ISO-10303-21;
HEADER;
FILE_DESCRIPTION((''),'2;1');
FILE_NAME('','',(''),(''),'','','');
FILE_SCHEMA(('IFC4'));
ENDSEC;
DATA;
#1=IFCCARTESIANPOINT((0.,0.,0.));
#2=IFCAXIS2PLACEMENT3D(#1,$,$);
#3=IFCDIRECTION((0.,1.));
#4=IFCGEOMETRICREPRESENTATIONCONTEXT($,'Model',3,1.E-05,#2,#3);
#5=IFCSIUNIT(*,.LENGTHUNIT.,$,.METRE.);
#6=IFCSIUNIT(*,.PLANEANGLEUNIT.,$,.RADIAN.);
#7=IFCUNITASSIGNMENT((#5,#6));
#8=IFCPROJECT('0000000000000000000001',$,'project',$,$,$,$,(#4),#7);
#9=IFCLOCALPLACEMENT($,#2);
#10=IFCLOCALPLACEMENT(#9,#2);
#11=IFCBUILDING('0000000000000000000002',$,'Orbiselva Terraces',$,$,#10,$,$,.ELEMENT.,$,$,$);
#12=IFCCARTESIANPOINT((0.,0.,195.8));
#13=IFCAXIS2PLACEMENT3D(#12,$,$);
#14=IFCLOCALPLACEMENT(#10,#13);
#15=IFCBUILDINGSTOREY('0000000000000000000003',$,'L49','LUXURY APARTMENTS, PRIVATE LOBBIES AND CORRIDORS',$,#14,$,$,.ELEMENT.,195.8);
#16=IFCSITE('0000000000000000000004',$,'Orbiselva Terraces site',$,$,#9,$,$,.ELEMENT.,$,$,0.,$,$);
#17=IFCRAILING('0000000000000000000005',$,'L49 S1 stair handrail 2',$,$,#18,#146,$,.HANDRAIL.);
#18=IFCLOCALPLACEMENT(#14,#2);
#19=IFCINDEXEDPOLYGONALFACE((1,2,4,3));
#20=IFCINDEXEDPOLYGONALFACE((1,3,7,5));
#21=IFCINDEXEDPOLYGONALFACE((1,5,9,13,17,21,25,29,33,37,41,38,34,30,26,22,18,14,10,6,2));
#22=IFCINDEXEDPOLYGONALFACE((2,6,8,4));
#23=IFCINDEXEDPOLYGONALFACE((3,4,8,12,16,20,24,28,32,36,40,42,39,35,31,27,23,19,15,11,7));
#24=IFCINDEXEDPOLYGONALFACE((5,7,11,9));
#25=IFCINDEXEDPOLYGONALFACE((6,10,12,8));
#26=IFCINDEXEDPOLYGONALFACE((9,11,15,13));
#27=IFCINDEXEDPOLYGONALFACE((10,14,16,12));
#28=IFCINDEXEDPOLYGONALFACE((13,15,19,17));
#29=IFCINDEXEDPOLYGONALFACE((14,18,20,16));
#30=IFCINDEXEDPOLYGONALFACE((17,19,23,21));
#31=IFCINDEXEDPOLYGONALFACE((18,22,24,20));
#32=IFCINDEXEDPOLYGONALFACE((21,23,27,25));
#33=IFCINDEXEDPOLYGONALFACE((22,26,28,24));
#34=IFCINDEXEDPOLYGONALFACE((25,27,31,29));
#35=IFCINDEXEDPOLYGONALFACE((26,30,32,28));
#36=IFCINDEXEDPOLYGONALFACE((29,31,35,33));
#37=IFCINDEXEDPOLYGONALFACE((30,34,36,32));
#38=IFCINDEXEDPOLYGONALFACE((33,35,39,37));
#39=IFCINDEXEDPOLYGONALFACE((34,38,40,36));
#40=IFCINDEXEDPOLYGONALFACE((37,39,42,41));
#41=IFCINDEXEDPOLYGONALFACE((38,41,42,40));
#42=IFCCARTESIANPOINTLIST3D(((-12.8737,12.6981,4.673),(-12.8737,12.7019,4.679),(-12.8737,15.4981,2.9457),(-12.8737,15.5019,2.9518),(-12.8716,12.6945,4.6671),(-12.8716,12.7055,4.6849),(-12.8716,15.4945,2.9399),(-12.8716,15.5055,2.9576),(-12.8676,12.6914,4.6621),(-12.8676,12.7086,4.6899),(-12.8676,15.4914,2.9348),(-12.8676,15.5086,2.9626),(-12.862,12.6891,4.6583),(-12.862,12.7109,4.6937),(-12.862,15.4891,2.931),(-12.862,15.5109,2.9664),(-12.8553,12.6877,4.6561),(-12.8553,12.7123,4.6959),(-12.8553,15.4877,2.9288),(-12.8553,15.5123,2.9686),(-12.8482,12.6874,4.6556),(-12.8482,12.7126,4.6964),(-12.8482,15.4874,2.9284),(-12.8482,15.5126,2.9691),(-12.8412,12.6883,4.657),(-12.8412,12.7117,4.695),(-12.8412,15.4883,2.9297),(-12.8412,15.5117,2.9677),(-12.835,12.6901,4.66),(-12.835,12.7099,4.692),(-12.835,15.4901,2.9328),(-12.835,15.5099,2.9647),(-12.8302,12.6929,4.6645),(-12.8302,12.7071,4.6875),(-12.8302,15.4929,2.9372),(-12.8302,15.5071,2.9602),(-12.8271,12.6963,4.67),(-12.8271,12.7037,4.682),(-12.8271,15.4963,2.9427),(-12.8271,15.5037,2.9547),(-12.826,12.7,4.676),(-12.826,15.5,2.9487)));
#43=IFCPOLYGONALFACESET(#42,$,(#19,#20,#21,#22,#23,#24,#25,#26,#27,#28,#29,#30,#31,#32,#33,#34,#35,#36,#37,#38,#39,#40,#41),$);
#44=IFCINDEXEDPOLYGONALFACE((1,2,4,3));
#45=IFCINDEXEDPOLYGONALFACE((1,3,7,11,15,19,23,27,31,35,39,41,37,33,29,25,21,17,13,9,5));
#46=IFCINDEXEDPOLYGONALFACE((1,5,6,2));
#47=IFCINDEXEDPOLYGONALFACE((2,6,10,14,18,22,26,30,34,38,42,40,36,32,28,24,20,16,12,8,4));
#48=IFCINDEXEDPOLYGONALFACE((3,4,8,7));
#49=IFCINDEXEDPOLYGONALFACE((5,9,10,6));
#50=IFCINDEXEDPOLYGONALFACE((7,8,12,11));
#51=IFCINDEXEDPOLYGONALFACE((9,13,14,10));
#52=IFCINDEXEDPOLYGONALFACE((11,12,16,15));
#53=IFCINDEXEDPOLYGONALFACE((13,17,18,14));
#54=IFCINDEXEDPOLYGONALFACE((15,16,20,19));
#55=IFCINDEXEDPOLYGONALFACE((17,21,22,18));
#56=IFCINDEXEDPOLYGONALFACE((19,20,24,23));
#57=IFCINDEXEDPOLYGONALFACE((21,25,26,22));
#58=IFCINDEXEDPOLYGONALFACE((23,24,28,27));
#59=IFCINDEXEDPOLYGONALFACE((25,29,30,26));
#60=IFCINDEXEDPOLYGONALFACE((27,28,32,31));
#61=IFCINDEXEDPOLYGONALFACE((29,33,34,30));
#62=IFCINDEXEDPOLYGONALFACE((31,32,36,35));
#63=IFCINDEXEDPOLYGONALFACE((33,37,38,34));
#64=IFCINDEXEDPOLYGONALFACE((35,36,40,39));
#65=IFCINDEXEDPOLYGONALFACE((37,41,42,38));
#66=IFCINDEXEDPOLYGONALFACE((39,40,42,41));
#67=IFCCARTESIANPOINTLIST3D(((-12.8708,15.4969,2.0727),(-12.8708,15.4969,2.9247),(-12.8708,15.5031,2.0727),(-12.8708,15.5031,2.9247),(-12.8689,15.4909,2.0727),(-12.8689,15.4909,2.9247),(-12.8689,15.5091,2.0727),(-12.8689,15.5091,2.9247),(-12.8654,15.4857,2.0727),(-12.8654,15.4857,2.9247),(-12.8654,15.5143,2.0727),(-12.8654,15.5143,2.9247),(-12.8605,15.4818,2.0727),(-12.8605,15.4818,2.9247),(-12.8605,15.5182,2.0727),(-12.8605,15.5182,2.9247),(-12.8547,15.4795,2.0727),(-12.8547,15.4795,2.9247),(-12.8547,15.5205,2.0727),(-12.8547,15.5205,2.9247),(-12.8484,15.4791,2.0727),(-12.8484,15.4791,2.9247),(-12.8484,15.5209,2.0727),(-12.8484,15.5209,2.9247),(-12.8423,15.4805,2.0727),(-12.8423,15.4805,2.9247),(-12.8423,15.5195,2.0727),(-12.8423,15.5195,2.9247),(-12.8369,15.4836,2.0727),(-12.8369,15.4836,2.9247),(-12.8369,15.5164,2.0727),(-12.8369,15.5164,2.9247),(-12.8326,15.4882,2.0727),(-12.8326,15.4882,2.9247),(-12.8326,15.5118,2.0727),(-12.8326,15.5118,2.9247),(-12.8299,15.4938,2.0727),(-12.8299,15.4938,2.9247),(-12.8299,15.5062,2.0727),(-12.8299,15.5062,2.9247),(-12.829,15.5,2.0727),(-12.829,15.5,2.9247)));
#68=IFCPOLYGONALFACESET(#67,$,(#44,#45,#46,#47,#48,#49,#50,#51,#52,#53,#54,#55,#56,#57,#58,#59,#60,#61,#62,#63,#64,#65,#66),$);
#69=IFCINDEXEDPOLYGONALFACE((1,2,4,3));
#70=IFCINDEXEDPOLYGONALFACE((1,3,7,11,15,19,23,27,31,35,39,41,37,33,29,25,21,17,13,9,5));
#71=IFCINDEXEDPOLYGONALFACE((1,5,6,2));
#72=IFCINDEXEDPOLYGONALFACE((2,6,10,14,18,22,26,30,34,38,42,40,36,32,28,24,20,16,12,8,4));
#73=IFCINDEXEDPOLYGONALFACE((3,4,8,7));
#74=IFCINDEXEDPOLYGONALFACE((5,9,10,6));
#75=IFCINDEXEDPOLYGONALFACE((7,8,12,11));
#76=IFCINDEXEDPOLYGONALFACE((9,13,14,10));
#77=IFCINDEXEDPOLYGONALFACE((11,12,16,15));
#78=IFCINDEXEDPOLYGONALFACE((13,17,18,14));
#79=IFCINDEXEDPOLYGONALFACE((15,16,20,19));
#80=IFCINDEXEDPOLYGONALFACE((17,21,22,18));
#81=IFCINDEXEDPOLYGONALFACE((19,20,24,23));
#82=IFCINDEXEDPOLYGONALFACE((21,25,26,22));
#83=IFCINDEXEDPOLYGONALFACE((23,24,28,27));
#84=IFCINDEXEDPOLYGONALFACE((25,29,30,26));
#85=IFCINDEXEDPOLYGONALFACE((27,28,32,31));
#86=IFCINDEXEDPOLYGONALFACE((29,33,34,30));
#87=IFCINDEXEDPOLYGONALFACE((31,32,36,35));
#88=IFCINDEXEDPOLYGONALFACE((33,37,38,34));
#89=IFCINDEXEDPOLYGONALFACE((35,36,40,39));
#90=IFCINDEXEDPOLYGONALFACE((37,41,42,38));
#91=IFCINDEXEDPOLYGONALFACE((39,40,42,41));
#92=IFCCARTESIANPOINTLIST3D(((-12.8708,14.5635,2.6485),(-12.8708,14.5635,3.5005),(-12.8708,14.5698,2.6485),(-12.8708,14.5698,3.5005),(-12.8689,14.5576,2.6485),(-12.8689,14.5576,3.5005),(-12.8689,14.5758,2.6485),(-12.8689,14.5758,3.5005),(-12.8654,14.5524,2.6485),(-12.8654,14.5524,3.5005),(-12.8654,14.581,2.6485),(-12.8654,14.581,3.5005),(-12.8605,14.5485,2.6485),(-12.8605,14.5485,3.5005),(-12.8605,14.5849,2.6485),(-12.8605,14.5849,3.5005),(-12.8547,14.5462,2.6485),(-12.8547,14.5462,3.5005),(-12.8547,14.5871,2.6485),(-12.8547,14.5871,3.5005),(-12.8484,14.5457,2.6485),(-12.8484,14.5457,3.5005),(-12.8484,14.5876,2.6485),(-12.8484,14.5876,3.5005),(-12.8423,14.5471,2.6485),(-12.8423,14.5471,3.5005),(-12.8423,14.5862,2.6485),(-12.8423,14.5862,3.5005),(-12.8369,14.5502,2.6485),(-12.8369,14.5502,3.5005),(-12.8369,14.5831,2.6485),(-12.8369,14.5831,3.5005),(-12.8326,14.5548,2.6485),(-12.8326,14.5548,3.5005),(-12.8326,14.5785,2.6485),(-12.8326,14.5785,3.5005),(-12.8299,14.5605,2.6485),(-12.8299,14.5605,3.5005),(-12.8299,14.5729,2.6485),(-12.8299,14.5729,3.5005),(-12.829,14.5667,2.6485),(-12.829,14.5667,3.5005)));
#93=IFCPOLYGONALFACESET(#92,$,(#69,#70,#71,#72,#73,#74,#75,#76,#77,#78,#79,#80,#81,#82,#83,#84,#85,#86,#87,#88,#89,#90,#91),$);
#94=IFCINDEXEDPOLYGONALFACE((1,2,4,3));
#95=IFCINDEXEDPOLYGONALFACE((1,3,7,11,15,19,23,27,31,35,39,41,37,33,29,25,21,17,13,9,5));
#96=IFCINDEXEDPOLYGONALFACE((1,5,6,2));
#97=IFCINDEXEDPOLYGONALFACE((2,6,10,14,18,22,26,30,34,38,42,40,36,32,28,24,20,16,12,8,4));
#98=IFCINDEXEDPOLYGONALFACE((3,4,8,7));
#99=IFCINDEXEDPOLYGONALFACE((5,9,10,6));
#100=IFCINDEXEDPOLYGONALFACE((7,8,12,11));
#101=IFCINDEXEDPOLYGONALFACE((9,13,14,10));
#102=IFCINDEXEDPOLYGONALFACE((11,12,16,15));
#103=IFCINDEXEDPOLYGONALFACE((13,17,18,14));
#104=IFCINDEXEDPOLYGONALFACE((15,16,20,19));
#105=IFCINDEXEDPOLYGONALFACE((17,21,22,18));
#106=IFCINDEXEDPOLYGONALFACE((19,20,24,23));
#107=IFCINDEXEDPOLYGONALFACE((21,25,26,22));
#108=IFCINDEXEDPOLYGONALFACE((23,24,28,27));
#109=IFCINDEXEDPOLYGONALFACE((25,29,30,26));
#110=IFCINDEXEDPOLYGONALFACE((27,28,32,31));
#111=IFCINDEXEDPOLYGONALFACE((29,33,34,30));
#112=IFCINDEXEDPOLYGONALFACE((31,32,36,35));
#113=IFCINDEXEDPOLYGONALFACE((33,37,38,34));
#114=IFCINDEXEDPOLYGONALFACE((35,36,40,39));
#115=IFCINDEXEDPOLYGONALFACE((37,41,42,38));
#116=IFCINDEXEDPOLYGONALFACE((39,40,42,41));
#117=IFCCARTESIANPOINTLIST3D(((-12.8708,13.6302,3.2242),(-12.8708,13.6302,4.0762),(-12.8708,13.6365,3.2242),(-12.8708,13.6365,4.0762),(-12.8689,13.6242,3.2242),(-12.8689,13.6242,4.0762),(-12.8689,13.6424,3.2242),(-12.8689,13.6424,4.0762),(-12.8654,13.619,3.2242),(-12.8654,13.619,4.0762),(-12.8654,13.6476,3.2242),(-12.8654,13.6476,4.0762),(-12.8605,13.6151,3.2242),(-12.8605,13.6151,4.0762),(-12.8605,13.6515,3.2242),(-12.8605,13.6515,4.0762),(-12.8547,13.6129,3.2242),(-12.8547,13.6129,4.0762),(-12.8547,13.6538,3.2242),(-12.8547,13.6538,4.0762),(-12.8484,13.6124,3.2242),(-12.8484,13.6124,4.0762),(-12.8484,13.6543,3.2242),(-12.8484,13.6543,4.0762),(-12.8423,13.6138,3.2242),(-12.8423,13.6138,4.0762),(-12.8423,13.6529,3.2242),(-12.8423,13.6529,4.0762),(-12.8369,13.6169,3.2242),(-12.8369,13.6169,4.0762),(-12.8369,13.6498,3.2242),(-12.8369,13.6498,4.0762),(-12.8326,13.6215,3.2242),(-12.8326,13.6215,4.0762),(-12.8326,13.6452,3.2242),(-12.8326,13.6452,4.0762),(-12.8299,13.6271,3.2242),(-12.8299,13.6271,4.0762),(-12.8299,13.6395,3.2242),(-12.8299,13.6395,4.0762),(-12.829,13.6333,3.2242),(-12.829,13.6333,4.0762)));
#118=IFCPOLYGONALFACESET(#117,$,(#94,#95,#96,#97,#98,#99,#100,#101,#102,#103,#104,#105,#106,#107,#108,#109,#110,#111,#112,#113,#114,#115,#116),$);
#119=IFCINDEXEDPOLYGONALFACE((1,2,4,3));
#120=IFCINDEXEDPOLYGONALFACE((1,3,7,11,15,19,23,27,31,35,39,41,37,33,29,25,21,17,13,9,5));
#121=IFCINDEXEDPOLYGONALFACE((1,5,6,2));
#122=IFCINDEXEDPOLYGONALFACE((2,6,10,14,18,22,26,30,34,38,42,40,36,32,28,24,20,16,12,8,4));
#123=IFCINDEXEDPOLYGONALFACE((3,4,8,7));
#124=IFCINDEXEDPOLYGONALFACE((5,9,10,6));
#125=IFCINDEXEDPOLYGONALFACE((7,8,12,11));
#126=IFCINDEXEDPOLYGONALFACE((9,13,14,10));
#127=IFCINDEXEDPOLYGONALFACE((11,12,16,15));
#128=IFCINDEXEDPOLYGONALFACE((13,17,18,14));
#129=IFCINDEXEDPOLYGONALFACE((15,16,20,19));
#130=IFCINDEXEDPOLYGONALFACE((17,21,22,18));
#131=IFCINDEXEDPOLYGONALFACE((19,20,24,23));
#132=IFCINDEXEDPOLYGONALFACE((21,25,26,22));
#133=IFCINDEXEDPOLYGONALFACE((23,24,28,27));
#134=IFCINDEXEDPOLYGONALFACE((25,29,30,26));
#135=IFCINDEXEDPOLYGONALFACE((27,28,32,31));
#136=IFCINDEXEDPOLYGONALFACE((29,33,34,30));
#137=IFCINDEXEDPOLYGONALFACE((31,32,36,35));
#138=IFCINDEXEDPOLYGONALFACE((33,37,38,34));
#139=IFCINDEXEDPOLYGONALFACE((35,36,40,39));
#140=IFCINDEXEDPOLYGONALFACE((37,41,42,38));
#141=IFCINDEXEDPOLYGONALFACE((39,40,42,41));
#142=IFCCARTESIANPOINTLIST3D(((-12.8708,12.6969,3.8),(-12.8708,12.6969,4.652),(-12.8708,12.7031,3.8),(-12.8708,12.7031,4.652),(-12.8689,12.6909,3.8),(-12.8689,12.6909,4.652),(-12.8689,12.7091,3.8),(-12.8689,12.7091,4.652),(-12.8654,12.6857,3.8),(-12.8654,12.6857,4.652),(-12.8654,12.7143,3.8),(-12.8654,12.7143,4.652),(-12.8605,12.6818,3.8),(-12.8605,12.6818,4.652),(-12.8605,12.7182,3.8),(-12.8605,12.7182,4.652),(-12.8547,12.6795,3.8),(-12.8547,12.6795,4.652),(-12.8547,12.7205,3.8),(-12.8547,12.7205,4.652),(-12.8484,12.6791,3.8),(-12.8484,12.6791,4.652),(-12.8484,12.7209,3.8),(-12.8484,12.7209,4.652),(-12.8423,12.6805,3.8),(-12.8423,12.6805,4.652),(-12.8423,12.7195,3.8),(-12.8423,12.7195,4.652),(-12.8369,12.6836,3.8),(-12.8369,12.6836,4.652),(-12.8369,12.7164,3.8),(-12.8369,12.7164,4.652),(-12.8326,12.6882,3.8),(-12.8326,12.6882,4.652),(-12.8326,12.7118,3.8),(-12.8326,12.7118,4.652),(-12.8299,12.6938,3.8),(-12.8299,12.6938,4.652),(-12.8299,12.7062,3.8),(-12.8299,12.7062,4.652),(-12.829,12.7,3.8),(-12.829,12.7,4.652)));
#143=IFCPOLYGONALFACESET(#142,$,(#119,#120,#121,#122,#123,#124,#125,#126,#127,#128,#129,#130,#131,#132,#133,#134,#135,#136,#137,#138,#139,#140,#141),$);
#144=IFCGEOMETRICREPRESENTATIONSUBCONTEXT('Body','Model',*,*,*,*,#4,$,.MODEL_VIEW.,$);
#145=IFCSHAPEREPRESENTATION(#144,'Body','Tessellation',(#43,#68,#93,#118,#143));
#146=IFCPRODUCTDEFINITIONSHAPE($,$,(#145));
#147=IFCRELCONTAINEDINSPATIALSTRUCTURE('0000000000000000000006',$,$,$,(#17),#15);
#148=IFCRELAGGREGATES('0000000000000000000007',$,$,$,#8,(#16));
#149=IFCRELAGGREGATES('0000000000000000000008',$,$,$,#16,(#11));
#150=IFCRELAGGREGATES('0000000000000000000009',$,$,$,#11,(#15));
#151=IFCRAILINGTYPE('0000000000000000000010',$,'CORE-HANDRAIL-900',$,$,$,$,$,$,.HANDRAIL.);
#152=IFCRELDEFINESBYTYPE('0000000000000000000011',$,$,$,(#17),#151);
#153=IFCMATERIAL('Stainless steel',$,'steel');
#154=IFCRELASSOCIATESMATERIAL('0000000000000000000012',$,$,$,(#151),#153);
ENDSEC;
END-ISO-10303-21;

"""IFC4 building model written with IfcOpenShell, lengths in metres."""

from ifc_helpers import new_model, si_unit, direction, frame, origin, origin_2d, place, context, subcontext, project, spatial, circle, extrude, material, type_object, element, save


model = new_model("IFC4")

# Units and contexts
model_context = context("Model", 3, precision=1e-05, world=origin(), true_north=direction((0.0, 1.0)))
body_context = subcontext(model_context, "Body", "Model", "MODEL_VIEW")
ifc_project = project(units=[si_unit("LENGTHUNIT", "METRE"), si_unit("PLANEANGLEUNIT", "RADIAN")], contexts=[model_context])

# Site, building, storey
site_placement = place(None, origin())
site = spatial("IfcSite", under=ifc_project, at=site_placement, Name="Orbiselva Terraces site", CompositionType="ELEMENT", RefElevation=0.0)
building_placement = place(site_placement, origin())
building = spatial("IfcBuilding", under=site, at=building_placement, Name="Orbiselva Terraces", CompositionType="ELEMENT")
storey_placement = place(building_placement, frame((0.0, 0.0, 195.8)))
storey = spatial("IfcBuildingStorey", under=building, at=storey_placement, Name="L49", Description="LUXURY APARTMENTS, PRIVATE LOBBIES AND CORRIDORS", CompositionType="ELEMENT", Elevation=195.8)

# Railing
ifc_material_1 = material(Name="Stainless steel", Category="steel")
railing_type_1 = type_object("IfcRailingType", Name="CORE-HANDRAIL-900", PredefinedType="HANDRAIL", material=ifc_material_1)
railing_1_placement = place(storey_placement, frame((-12.85, 15.5, 2.0727)))
element("IfcRailing", 1, at=railing_1_placement, inside=storey, type_object=railing_type_1, Name="L49 S1 stair handrail 2", PredefinedType="HANDRAIL", context=body_context, shape_type="SweptSolid", body=[
    extrude(circle(Radius=0.024, at=origin_2d()), frame((0.0, 0.0, 0.876), z_axis=(0.0, -0.851089, 0.525022), x_axis=(1.0, 0.0, 0.0)), (0.0, 0.0, 1.0), 3.2899),
    extrude(circle(Radius=0.021, at=origin_2d()), origin(), (0.0, 0.0, 1.0), 0.852),
    extrude(circle(Radius=0.021, at=origin_2d()), frame((0.0, -0.9333, 0.5758)), (0.0, 0.0, 1.0), 0.852),
    extrude(circle(Radius=0.021, at=origin_2d()), frame((0.0, -1.8667, 1.1515)), (0.0, 0.0, 1.0), 0.852),
    extrude(circle(Radius=0.021, at=origin_2d()), frame((0.0, -2.8, 1.7273)), (0.0, 0.0, 1.0), 0.852),
])

save(model, "model.ifc")
